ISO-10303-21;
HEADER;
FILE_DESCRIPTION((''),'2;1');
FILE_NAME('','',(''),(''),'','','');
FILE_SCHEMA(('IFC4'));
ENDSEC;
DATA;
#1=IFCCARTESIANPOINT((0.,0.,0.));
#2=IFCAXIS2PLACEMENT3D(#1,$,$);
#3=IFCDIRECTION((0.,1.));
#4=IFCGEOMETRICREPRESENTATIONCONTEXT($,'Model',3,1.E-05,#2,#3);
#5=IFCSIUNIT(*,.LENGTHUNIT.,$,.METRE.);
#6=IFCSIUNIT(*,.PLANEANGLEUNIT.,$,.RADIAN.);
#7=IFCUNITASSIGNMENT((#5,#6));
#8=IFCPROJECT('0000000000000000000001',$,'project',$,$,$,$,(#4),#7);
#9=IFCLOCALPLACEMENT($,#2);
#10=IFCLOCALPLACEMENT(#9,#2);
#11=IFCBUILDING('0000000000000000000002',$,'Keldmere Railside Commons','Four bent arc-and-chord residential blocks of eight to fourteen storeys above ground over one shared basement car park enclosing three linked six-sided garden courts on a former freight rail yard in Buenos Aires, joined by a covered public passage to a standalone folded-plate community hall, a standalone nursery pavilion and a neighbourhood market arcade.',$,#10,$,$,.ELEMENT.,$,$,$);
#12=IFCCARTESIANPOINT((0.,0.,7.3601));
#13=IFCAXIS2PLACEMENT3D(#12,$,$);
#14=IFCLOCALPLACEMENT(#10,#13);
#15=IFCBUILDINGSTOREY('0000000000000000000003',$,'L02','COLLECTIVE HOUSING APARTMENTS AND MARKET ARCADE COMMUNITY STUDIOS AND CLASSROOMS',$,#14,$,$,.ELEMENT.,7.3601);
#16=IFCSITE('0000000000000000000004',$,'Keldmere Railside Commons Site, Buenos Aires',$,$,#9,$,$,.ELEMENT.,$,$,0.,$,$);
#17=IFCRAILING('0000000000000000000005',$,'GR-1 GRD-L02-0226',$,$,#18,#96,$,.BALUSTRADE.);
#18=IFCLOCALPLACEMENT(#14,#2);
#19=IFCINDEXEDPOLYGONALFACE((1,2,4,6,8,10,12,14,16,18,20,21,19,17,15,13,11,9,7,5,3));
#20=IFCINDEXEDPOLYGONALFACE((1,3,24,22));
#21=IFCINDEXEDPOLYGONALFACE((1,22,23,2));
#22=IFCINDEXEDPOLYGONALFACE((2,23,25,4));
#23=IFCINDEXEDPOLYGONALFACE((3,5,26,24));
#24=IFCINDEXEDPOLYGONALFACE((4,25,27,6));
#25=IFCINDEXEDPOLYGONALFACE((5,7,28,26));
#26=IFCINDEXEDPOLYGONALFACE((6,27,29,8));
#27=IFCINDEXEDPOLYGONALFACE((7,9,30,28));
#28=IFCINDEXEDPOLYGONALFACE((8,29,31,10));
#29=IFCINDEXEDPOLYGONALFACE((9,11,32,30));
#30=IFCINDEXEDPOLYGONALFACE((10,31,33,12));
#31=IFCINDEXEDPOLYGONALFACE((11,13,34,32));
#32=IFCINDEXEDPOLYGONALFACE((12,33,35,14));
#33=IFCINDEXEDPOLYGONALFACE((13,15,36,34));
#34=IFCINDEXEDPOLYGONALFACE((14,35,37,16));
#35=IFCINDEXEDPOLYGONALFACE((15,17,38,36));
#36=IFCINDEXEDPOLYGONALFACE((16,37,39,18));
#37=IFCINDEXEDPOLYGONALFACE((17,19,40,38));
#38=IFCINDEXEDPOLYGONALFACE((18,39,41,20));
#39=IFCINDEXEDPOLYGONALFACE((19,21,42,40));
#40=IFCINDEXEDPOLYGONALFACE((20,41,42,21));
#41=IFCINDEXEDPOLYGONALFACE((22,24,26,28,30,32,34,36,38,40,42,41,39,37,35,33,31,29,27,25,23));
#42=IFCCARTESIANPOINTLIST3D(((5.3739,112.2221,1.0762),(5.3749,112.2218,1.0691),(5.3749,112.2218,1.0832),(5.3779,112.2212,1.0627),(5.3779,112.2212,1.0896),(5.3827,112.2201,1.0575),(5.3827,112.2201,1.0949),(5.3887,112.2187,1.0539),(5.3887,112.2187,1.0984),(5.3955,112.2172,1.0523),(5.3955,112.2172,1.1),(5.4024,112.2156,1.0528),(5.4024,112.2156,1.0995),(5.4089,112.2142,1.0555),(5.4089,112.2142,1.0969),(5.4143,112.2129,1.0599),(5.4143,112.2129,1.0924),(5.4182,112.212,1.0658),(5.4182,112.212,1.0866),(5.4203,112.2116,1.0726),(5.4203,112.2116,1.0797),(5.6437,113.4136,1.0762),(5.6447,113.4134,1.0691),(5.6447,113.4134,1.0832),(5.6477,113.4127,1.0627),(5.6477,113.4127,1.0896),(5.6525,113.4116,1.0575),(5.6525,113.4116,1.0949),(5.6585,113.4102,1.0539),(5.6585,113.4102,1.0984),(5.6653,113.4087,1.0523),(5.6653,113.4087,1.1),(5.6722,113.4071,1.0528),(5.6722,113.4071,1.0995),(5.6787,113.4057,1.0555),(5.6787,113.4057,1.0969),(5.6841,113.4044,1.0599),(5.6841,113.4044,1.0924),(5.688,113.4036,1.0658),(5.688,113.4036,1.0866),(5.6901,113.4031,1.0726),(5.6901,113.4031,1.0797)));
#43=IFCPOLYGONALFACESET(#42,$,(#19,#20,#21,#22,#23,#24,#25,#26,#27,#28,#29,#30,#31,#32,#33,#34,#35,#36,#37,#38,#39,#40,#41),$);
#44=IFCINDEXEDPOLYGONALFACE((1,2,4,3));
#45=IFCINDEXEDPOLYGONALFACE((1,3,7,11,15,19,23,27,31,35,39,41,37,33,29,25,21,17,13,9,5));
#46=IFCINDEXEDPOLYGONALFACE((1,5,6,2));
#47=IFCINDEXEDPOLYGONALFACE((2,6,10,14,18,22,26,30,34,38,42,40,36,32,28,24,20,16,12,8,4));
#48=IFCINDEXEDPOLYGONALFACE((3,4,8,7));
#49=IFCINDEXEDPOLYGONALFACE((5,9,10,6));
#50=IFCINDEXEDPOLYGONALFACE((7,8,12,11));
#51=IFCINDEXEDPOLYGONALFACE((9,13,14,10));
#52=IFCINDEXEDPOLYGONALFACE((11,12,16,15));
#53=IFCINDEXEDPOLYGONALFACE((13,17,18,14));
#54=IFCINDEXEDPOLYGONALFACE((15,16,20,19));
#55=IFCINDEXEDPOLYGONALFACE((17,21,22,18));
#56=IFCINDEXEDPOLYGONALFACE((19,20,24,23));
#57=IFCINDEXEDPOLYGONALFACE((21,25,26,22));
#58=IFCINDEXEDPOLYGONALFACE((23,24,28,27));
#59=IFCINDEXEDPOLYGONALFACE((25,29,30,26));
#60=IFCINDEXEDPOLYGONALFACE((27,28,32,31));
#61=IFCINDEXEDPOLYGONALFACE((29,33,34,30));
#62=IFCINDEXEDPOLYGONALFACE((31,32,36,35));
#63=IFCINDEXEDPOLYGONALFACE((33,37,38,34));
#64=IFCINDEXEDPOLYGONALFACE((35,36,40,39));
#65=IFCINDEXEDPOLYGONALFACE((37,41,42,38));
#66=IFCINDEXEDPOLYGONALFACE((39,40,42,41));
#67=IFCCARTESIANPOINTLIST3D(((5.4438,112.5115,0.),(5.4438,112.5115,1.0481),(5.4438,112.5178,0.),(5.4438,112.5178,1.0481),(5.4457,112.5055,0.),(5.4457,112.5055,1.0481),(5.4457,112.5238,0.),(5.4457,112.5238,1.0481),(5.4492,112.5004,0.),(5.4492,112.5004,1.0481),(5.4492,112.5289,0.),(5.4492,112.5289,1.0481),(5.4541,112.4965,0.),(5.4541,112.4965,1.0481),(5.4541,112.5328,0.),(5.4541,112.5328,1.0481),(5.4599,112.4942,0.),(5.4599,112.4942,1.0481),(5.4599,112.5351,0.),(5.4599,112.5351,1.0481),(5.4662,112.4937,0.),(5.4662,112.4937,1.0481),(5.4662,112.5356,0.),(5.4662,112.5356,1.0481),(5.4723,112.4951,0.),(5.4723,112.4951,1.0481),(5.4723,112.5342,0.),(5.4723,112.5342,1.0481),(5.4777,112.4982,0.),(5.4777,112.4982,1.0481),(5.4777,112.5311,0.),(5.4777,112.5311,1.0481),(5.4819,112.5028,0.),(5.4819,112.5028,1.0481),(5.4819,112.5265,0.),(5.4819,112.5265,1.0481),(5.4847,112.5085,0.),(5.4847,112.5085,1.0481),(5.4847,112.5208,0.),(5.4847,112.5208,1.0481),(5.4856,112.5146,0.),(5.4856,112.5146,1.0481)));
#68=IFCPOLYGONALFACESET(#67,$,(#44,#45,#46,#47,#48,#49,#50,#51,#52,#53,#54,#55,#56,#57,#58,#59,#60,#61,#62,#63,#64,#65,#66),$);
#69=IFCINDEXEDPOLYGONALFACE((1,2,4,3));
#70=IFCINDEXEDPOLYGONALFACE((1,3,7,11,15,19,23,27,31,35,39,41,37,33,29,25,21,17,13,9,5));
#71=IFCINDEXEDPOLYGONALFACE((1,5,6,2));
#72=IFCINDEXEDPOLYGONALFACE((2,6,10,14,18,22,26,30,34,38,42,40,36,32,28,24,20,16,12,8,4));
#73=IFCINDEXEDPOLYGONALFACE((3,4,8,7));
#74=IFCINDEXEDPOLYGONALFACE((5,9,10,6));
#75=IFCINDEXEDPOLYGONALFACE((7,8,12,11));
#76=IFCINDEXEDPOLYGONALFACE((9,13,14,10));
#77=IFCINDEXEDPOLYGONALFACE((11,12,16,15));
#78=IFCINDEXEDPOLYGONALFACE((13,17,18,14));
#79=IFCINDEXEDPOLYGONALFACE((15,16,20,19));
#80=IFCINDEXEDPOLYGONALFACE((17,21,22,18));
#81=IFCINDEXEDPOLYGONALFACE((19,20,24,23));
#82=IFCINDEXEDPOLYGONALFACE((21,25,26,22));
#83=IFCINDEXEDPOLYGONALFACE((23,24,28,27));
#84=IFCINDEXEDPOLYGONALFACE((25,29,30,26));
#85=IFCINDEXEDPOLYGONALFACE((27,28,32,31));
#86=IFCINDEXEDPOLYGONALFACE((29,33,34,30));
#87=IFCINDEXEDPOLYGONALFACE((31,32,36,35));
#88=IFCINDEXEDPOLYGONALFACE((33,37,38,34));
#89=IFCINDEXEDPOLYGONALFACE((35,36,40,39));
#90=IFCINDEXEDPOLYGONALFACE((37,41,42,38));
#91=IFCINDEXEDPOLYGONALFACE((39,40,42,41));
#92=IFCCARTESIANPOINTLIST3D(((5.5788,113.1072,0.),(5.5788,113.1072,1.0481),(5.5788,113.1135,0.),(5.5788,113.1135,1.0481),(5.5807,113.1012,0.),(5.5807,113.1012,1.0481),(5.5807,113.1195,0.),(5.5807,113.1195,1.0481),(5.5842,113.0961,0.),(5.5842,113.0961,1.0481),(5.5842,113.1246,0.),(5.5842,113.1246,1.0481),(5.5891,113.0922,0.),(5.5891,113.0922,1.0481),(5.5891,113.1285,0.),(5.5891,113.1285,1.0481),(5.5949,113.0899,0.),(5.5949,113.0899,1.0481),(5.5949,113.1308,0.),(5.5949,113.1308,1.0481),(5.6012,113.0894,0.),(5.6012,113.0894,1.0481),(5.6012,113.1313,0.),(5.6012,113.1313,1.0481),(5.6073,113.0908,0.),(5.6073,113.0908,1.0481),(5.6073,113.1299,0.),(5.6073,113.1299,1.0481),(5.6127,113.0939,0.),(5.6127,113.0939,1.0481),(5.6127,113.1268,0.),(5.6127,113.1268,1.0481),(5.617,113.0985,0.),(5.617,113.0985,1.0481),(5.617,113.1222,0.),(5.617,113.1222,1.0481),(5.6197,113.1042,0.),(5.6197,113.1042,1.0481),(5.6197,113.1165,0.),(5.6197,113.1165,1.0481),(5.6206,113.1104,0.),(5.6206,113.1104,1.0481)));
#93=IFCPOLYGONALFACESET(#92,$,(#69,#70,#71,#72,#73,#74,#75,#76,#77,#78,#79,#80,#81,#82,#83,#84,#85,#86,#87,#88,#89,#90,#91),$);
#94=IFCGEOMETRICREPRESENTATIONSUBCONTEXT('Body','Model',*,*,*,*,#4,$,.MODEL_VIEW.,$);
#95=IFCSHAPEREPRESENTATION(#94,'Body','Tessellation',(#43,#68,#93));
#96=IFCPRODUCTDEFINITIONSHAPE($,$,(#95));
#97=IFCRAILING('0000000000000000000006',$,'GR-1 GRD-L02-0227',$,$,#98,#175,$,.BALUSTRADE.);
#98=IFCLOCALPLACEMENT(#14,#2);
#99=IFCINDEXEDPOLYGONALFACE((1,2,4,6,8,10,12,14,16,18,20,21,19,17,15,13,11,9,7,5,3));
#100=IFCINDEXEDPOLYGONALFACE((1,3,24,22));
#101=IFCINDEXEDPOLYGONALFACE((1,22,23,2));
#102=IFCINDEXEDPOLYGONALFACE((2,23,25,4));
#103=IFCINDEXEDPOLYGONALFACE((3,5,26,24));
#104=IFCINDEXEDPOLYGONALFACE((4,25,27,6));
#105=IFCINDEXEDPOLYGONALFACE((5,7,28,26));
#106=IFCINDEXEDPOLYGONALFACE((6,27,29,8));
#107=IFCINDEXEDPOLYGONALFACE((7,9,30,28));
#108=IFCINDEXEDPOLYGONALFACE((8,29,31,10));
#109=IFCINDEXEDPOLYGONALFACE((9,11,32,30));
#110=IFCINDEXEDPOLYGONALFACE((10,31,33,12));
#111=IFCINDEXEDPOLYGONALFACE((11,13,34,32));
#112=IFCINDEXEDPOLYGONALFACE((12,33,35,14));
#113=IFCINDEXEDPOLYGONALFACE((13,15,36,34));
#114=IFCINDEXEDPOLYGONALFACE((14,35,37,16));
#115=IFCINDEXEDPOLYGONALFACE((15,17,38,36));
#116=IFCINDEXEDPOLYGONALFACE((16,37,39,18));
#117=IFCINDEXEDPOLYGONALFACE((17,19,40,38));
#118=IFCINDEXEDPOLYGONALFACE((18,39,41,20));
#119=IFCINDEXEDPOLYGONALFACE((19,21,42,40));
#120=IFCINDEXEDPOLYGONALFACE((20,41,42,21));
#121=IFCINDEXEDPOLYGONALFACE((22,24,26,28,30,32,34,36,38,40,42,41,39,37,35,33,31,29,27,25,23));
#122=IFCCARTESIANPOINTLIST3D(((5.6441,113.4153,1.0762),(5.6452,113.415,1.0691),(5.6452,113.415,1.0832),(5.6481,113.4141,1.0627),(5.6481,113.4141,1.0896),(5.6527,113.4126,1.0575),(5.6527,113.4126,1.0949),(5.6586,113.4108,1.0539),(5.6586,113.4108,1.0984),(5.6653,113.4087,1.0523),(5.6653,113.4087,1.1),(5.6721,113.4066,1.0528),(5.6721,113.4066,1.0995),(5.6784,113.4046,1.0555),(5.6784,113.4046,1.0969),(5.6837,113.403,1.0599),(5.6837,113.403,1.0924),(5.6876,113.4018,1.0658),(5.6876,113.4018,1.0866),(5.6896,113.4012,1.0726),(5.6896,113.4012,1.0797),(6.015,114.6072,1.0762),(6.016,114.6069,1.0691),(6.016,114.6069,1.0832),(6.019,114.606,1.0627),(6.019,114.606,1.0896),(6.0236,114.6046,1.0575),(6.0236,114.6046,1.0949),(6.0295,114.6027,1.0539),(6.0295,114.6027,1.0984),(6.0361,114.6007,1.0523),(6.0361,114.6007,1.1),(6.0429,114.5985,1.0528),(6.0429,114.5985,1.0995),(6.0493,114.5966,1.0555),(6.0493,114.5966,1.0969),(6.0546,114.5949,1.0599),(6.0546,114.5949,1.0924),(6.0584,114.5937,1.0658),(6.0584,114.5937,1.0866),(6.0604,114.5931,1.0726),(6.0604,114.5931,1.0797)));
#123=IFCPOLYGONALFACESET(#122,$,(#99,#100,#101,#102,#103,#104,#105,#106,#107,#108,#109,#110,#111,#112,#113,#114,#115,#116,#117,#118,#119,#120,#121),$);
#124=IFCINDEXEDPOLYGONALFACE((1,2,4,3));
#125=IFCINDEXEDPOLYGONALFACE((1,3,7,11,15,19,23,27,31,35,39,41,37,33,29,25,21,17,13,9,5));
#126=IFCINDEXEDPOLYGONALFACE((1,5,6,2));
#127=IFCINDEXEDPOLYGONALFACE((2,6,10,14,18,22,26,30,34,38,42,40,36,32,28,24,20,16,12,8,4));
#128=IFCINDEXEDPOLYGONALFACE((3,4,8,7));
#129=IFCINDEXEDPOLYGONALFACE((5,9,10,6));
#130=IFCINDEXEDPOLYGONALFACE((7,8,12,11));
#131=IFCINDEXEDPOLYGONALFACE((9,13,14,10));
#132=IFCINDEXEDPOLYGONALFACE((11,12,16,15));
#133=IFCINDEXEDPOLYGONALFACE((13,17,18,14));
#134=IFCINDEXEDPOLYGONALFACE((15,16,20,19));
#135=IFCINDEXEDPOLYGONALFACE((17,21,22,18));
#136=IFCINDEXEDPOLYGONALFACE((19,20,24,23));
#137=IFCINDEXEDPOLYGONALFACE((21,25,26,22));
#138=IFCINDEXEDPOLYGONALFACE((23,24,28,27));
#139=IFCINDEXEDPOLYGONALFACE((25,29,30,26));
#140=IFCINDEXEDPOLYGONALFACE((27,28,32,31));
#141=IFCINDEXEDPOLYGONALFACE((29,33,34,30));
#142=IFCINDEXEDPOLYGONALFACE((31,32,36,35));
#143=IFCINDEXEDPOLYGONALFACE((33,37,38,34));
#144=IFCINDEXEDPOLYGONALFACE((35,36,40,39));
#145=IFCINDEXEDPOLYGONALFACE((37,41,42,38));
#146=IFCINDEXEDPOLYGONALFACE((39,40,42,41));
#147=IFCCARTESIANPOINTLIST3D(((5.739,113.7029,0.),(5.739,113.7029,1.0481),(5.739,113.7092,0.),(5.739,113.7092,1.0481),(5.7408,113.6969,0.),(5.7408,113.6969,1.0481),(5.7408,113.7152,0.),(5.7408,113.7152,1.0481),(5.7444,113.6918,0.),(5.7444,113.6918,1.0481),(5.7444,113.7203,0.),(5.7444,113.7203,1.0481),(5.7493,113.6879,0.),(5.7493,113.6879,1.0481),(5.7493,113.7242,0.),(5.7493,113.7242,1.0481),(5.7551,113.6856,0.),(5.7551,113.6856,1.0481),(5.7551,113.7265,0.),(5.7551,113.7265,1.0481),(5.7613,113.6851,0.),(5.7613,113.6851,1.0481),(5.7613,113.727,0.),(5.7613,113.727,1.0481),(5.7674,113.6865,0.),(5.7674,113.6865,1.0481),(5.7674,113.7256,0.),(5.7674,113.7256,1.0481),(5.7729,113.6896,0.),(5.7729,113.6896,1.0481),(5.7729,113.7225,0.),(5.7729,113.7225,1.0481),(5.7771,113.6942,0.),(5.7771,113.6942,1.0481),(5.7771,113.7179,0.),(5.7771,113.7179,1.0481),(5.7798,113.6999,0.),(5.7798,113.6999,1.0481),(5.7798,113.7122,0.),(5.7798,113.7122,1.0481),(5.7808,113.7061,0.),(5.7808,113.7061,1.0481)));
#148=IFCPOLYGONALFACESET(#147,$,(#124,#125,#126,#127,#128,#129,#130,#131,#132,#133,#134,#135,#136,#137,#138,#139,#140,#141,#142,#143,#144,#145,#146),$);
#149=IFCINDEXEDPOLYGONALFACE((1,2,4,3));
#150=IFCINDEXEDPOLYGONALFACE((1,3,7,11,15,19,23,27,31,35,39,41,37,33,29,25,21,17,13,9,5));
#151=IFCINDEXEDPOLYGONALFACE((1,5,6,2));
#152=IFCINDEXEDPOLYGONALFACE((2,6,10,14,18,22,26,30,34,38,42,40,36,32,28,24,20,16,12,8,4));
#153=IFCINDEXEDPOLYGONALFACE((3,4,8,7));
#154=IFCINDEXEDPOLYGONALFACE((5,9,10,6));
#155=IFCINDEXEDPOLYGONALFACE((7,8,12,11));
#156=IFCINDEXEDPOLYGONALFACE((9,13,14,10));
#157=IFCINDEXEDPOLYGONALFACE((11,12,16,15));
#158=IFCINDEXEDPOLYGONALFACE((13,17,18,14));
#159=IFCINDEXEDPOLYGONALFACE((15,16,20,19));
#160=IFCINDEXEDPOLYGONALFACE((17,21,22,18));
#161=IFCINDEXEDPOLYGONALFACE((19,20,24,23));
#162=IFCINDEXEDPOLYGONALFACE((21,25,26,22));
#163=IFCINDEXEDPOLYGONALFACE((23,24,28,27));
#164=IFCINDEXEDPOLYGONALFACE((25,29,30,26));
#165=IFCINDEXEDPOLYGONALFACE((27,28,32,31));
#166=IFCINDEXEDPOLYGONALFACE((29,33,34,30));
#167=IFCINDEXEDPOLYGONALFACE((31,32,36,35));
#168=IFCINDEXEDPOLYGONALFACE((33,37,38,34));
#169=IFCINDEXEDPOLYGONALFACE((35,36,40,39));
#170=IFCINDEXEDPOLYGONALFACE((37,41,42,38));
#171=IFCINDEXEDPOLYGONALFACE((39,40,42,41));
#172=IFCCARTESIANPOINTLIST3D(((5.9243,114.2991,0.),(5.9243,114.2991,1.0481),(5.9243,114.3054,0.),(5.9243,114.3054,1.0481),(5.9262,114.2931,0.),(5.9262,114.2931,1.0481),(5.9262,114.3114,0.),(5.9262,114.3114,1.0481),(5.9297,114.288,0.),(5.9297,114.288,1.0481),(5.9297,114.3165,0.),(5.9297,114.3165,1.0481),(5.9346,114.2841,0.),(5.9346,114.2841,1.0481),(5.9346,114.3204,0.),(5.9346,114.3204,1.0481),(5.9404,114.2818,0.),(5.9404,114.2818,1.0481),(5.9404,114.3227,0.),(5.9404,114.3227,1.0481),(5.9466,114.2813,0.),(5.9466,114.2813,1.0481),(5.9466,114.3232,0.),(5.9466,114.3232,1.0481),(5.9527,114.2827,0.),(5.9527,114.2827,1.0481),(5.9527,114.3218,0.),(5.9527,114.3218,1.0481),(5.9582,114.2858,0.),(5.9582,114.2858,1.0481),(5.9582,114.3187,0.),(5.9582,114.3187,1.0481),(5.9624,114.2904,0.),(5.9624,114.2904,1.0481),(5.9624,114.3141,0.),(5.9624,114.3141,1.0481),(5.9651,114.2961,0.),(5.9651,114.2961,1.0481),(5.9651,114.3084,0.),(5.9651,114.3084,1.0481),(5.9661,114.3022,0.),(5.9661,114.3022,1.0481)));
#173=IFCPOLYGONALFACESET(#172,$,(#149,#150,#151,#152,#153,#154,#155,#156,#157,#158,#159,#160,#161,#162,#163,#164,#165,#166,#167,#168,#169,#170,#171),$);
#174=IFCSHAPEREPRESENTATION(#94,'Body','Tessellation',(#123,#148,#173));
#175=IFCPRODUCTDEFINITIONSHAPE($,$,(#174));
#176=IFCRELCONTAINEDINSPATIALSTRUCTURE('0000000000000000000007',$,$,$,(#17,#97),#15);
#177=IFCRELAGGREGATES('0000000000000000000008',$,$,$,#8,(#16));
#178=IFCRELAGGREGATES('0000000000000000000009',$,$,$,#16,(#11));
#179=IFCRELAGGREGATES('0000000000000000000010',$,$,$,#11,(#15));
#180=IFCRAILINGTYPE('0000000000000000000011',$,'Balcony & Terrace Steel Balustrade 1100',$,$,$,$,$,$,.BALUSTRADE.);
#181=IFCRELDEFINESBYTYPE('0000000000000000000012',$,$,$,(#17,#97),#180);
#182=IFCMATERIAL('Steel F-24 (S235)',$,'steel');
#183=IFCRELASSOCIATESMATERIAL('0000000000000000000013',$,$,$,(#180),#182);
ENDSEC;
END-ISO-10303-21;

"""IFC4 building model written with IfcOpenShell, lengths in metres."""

from ifc_helpers import new_model, si_unit, direction, frame, origin, origin_2d, place, context, subcontext, project, spatial, circle, extrude, material, type_object, element, save


model = new_model("IFC4")

# Units and contexts
model_context = context("Model", 3, precision=1e-05, world=origin(), true_north=direction((0.0, 1.0)))
body_context = subcontext(model_context, "Body", "Model", "MODEL_VIEW")
ifc_project = project(units=[si_unit("LENGTHUNIT", "METRE"), si_unit("PLANEANGLEUNIT", "RADIAN")], contexts=[model_context])

# Site, building, storey
site_placement = place(None, origin())
site = spatial("IfcSite", under=ifc_project, at=site_placement, Name="Keldmere Railside Commons Site, Buenos Aires", CompositionType="ELEMENT", RefElevation=0.0)
building_placement = place(site_placement, origin())
building = spatial("IfcBuilding", under=site, at=building_placement, Name="Keldmere Railside Commons", Description="Four bent arc-and-chord residential blocks of eight to fourteen storeys above ground over one shared basement car park enclosing three linked six-sided garden courts on a former freight rail yard in Buenos Aires, joined by a covered public passage to a standalone folded-plate community hall, a standalone nursery pavilion and a neighbourhood market arcade.", CompositionType="ELEMENT")
storey_placement = place(building_placement, frame((0.0, 0.0, 7.3601)))
storey = spatial("IfcBuildingStorey", under=building, at=storey_placement, Name="L02", Description="COLLECTIVE HOUSING APARTMENTS AND MARKET ARCADE COMMUNITY STUDIOS AND CLASSROOMS", CompositionType="ELEMENT", Elevation=7.3601)

# Railings
ifc_material_1 = material(Name="Steel F-24 (S235)", Category="steel")
railing_type = type_object("IfcRailingType", Name="Balcony & Terrace Steel Balustrade 1100", PredefinedType="BALUSTRADE", material=ifc_material_1)
railing_1_placement = place(storey_placement, frame((5.3972, 112.2168, 0.0)))
element("IfcRailing", 1, at=railing_1_placement, inside=storey, type_object=railing_type, Name="GR-1 GRD-L02-0226", PredefinedType="BALUSTRADE", context=body_context, shape_type="SweptSolid", body=[
    extrude(circle(Radius=0.0239, at=origin_2d()), frame((0.0, 0.0, 1.0762), z_axis=(0.220844, 0.975309, 0.0), x_axis=(-0.975309, 0.220844, 0.0)), (0.0, 0.0, 1.0), 1.2217),
    extrude(circle(Radius=0.021, at=origin_2d()), frame((0.0674, 0.2979, 0.0)), (0.0, 0.0, 1.0), 1.0481),
    extrude(circle(Radius=0.021, at=origin_2d()), frame((0.2024, 0.8936, 0.0)), (0.0, 0.0, 1.0), 1.0481),
])
railing_2_placement = place(storey_placement, frame((5.667, 113.4082, 0.0)))
element("IfcRailing", 2, at=railing_2_placement, inside=storey, type_object=railing_type, Name="GR-1 GRD-L02-0227", PredefinedType="BALUSTRADE", context=body_context, shape_type="SweptSolid", body=[
    extrude(circle(Radius=0.0239, at=origin_2d()), frame((0.0, 0.0, 1.0762), z_axis=(0.297094, 0.954848, 0.0), x_axis=(-0.954848, 0.297094, 0.0)), (0.0, 0.0, 1.0), 1.2483),
    extrude(circle(Radius=0.021, at=origin_2d()), frame((0.0928, 0.2979, 0.0)), (0.0, 0.0, 1.0), 1.0481),
    extrude(circle(Radius=0.021, at=origin_2d()), frame((0.2781, 0.894, 0.0)), (0.0, 0.0, 1.0), 1.0481),
])

save(model, "model.ifc")
